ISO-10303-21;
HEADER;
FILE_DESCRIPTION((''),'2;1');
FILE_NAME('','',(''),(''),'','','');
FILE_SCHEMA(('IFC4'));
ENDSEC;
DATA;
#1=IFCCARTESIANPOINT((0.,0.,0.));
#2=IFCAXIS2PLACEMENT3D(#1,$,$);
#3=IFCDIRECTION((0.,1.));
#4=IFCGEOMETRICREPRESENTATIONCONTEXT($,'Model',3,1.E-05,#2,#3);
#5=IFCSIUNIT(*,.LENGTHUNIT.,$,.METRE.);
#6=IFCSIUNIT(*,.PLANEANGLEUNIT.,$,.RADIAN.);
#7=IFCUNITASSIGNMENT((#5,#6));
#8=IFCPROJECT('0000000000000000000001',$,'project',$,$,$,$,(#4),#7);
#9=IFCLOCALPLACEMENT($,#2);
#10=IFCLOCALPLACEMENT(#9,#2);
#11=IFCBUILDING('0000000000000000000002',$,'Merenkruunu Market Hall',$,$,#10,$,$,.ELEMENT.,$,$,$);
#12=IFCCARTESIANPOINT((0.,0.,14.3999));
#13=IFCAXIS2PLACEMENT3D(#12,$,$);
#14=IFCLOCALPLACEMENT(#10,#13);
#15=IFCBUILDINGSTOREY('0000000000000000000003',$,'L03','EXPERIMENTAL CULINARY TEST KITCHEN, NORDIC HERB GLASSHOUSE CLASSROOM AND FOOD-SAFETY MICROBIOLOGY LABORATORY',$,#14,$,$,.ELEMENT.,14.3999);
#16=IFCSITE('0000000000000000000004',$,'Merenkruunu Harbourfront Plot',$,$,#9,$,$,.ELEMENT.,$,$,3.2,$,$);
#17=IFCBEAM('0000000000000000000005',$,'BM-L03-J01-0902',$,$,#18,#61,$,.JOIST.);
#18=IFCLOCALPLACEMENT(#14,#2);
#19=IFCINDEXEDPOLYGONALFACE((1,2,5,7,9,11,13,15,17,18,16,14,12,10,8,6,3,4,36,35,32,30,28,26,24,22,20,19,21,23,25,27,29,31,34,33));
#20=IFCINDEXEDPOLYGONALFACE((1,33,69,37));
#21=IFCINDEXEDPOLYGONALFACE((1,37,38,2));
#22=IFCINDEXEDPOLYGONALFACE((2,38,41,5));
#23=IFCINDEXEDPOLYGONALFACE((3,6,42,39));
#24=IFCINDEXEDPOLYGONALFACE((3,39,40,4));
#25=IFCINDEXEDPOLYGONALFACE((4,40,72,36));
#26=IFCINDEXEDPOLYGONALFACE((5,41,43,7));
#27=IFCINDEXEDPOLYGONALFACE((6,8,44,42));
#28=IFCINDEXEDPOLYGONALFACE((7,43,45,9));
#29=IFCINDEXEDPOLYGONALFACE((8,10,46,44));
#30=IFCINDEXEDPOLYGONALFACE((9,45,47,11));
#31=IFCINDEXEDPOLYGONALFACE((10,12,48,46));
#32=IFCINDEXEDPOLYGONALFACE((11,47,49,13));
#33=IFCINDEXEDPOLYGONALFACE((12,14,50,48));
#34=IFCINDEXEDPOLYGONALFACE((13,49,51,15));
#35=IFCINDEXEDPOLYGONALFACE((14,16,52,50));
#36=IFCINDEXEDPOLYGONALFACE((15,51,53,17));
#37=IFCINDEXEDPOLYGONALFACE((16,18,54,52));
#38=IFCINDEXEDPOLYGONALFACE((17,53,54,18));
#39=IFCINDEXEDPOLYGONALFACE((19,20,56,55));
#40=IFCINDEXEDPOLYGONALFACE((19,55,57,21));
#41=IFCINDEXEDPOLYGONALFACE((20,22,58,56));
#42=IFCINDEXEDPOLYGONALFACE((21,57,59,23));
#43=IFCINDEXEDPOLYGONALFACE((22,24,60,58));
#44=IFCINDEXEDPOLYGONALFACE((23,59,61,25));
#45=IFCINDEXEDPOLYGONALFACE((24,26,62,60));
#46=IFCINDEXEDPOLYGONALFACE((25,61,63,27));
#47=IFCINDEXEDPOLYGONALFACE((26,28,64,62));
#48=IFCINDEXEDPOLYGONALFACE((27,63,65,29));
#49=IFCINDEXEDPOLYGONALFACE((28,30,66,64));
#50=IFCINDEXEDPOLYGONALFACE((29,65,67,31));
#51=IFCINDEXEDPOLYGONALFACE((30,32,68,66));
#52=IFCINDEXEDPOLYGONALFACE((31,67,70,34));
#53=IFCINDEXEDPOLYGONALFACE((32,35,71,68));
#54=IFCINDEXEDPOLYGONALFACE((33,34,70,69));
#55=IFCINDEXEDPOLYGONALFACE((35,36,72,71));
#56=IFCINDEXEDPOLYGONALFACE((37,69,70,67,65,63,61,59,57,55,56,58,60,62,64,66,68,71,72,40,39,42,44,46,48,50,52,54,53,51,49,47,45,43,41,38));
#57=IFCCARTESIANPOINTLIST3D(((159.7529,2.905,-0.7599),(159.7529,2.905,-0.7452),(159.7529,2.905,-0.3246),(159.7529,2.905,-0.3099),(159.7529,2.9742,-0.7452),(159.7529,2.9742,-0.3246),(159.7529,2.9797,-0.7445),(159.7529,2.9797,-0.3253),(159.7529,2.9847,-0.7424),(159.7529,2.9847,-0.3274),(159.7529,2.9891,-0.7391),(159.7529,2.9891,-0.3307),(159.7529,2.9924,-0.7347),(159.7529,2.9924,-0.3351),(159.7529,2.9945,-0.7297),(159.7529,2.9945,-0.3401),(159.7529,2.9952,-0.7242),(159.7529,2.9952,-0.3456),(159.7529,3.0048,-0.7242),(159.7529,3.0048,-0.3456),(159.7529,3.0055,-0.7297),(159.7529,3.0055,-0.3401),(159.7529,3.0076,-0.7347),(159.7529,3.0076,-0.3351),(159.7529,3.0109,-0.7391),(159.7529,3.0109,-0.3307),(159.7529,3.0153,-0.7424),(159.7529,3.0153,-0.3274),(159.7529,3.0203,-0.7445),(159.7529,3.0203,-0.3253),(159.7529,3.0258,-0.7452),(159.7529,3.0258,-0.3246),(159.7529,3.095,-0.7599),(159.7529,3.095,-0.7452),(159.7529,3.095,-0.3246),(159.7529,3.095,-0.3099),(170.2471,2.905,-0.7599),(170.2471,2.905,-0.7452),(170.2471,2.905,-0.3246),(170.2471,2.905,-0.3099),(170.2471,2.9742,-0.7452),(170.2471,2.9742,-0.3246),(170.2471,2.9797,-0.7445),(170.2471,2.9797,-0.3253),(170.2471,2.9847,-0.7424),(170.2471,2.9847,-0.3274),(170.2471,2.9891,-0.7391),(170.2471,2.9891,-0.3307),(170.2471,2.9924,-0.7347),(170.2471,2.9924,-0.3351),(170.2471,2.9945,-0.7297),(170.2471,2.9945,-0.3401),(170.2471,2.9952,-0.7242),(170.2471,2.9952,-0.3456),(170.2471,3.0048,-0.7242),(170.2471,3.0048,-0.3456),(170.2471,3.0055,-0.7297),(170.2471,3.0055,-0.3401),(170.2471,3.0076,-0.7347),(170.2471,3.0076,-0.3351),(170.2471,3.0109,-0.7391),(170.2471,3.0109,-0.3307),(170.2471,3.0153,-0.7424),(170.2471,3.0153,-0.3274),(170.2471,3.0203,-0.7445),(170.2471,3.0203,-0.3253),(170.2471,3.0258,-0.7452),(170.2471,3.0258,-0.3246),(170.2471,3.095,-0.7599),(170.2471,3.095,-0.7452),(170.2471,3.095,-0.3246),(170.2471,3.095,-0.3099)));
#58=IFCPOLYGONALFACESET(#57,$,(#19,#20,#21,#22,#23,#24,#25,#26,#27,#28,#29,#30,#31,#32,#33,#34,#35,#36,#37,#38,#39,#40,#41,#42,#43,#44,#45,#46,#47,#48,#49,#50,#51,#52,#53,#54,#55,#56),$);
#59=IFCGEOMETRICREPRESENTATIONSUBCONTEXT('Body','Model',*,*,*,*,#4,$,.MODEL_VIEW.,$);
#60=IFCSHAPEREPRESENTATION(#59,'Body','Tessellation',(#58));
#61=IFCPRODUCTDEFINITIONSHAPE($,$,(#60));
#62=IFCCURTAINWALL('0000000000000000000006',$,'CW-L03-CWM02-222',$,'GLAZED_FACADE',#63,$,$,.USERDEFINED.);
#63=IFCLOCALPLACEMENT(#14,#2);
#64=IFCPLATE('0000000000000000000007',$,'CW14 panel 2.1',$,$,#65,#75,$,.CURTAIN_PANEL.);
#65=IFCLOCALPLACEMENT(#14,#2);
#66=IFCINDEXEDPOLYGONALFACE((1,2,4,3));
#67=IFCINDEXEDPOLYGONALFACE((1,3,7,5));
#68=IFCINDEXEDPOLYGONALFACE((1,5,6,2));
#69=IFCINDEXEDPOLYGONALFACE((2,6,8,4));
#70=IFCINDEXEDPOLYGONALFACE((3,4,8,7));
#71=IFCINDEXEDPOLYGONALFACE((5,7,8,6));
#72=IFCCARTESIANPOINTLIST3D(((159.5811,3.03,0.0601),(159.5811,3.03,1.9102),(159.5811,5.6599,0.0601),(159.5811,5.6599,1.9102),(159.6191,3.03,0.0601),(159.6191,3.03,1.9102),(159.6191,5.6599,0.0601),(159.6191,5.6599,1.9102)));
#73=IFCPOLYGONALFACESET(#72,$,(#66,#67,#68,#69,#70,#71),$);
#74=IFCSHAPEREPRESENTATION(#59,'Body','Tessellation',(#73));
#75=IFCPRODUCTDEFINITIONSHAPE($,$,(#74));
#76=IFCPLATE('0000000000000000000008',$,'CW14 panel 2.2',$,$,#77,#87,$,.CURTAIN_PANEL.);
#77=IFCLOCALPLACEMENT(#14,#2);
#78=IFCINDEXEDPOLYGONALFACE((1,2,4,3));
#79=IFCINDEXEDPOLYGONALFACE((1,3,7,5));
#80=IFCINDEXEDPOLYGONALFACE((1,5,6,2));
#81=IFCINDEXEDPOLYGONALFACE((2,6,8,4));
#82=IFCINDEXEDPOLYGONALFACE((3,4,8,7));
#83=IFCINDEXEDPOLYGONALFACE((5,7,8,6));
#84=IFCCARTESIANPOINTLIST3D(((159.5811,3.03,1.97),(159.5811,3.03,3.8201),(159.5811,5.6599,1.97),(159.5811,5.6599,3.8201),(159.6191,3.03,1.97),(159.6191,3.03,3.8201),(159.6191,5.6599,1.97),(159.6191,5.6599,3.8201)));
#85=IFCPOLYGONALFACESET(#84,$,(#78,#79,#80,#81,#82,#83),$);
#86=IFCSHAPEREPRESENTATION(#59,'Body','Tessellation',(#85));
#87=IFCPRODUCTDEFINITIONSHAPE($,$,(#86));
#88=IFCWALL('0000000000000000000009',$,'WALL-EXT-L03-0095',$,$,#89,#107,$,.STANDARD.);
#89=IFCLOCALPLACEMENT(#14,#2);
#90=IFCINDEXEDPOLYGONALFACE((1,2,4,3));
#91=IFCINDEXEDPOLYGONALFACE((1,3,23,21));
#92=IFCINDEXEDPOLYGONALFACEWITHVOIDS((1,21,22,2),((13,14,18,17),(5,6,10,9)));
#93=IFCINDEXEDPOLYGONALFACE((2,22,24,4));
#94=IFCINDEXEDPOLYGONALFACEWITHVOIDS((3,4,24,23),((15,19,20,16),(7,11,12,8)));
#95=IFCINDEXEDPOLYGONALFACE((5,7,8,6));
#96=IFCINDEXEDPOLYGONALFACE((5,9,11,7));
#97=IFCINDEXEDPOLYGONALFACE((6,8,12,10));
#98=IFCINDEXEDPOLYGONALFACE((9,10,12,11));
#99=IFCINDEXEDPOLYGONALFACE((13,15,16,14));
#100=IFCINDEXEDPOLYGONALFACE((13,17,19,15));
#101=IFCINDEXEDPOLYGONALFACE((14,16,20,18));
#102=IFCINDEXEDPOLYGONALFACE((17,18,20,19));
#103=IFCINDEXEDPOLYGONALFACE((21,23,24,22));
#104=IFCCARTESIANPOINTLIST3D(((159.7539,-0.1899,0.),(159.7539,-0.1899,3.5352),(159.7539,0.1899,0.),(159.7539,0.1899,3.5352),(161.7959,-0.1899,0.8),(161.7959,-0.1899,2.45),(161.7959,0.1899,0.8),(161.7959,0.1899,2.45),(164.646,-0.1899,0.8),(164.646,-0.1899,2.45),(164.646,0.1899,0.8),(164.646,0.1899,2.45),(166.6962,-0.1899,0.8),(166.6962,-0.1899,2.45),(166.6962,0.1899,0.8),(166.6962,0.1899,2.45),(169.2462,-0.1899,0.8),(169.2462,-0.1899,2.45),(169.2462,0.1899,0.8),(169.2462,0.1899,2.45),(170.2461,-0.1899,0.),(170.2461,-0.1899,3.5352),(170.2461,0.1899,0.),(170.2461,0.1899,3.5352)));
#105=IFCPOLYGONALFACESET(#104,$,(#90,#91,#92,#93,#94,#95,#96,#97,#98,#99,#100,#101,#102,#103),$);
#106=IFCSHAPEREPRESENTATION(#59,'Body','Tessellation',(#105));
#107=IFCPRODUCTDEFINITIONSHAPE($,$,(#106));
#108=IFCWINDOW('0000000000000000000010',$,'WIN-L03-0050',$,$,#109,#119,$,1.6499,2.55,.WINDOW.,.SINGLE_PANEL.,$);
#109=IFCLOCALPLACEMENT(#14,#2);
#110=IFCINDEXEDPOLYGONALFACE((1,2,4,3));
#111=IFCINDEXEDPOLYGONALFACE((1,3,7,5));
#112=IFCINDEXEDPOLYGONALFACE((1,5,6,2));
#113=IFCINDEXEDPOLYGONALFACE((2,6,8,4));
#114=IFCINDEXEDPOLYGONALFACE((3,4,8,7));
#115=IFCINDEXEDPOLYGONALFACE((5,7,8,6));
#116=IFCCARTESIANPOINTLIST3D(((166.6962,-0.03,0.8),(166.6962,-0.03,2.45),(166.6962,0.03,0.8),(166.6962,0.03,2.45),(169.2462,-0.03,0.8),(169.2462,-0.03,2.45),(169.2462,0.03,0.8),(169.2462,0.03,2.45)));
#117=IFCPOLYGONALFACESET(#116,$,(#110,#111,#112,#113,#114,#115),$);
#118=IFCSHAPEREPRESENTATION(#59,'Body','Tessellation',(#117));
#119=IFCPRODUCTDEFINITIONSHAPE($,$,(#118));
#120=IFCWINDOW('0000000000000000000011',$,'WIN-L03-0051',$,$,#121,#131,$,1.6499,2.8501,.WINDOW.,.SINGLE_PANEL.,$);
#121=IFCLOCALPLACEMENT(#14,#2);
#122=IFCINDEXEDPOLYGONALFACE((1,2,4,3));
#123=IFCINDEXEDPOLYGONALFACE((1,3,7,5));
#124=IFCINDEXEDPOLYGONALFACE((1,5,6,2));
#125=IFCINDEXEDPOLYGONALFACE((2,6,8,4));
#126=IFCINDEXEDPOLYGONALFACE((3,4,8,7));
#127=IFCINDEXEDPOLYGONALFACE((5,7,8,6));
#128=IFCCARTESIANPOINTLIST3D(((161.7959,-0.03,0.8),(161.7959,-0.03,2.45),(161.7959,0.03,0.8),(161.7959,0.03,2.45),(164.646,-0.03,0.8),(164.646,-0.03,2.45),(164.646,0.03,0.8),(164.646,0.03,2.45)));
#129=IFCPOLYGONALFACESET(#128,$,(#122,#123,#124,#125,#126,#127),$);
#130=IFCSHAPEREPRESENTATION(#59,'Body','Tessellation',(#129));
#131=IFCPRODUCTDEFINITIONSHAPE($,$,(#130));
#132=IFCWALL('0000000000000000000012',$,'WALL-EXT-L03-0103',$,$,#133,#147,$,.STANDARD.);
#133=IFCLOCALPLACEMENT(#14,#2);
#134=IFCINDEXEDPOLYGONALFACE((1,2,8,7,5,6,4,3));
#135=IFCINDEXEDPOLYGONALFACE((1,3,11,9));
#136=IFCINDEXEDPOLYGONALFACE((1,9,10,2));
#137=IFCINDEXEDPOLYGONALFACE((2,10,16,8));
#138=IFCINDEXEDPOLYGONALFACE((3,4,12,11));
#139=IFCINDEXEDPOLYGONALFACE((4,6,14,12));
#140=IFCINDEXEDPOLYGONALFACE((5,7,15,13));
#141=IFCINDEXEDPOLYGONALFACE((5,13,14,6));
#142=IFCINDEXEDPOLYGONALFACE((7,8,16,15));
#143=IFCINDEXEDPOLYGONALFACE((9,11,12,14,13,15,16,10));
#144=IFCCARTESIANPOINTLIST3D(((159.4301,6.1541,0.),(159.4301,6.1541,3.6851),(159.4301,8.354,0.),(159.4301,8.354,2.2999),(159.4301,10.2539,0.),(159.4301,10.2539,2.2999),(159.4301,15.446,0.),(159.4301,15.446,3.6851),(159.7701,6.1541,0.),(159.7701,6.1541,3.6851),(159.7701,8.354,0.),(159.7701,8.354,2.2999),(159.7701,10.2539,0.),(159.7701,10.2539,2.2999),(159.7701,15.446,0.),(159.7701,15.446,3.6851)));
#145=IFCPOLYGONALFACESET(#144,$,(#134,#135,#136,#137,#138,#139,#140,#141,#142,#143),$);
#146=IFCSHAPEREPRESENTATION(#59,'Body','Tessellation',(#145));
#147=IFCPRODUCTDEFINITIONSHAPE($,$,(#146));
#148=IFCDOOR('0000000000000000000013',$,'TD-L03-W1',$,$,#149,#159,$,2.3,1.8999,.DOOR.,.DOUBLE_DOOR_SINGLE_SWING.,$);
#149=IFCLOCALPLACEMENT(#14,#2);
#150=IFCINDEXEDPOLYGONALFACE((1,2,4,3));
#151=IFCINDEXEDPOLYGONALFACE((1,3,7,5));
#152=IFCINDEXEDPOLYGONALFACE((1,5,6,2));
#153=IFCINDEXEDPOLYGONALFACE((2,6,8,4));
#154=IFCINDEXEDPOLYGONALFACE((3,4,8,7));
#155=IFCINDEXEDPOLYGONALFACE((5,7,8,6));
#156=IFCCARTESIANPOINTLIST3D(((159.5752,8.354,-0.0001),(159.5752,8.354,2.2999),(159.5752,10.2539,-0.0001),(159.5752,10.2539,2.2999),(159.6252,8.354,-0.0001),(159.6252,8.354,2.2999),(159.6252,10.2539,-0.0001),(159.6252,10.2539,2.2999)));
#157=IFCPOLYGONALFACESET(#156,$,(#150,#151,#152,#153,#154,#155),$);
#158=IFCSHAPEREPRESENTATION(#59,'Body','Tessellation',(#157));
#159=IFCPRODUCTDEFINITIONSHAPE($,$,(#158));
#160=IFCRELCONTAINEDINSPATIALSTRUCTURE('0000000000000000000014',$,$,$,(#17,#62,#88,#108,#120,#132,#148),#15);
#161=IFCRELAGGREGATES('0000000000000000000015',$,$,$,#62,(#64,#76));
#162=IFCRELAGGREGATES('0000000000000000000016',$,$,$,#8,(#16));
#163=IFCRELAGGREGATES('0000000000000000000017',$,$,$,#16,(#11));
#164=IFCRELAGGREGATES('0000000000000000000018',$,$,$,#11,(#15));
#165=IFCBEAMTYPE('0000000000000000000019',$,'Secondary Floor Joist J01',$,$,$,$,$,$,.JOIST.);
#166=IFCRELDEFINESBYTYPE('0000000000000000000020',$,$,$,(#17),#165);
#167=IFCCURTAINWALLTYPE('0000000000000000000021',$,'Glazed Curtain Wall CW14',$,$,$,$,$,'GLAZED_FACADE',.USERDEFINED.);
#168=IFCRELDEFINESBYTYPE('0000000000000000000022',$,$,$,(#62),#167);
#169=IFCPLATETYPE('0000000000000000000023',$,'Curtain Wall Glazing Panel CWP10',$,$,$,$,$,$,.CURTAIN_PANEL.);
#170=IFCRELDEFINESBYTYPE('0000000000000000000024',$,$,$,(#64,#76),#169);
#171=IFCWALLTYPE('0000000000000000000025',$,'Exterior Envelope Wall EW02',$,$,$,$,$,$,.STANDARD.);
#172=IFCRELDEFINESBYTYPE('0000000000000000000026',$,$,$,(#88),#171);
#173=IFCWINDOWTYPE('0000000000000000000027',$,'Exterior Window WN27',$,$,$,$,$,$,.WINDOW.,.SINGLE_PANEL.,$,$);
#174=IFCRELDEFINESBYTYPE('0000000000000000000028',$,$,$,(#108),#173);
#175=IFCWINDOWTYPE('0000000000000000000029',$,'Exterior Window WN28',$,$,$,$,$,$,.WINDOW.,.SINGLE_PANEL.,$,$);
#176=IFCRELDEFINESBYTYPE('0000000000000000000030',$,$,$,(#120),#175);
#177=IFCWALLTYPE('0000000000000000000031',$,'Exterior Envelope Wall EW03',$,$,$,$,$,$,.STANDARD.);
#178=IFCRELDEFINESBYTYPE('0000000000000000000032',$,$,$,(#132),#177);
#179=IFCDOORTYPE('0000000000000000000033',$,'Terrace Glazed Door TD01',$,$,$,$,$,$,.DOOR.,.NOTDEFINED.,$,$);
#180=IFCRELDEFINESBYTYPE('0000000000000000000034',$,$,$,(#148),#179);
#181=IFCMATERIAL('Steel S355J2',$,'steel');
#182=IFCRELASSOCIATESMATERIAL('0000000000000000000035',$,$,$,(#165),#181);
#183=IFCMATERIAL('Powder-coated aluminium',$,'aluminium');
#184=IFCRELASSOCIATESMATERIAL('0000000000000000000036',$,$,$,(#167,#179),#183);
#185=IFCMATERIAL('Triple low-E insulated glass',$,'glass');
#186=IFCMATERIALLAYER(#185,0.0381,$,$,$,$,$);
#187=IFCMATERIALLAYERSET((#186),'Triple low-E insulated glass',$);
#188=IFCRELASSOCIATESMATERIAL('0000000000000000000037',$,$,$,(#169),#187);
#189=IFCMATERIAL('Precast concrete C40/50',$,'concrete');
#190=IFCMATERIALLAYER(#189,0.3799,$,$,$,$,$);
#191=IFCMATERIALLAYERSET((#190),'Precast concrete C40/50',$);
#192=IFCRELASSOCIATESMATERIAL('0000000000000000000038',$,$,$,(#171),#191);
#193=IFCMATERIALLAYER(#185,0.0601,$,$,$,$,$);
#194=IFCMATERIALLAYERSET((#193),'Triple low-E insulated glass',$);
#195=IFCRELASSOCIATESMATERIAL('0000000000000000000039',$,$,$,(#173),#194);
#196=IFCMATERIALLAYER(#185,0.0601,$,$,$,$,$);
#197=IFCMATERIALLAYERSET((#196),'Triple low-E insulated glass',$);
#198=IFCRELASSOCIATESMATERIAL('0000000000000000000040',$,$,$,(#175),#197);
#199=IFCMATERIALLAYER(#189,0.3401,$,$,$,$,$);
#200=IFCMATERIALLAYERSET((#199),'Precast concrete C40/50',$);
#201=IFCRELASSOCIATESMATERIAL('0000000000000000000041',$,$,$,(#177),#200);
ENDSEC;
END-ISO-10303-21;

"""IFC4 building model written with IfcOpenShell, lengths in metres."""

from ifc_helpers import new_model, si_unit, direction, frame, frame_2d, origin, origin_2d, place, context, subcontext, project, spatial, rectangle, i_section, extrude, material, layer, layer_set, material_profile, profile_set, type_object, element, fill, aggregate, save


model = new_model("IFC4")

# Units and contexts
model_context = context("Model", 3, precision=1e-05, world=origin(), true_north=direction((0.0, 1.0)))
body_context = subcontext(model_context, "Body", "Model", "MODEL_VIEW")
ifc_project = project(units=[si_unit("LENGTHUNIT", "METRE"), si_unit("PLANEANGLEUNIT", "RADIAN")], contexts=[model_context])

# Site, building, storey
site_placement = place(None, origin())
site = spatial("IfcSite", under=ifc_project, at=site_placement, Name="Merenkruunu Harbourfront Plot", CompositionType="ELEMENT", RefElevation=3.2)
building_placement = place(site_placement, origin())
building = spatial("IfcBuilding", under=site, at=building_placement, Name="Merenkruunu Market Hall", CompositionType="ELEMENT")
storey_placement = place(building_placement, frame((0.0, 0.0, 14.3999)))
storey = spatial("IfcBuildingStorey", under=building, at=storey_placement, Name="L03", Description="EXPERIMENTAL CULINARY TEST KITCHEN, NORDIC HERB GLASSHOUSE CLASSROOM AND FOOD-SAFETY MICROBIOLOGY LABORATORY", CompositionType="ELEMENT", Elevation=14.3999)

# Beam
ifc_material_1 = material(Name="Steel S355J2", Category="steel")
ifc_material_profile = material_profile(ifc_material_1, i_section(OverallWidth=0.1899, OverallDepth=0.45, WebThickness=0.0095, FlangeThickness=0.0146, FilletRadius=0.021, at=origin_2d()), Name="IPE 450")
ifc_profile_set = profile_set([ifc_material_profile], Name="Steel S355J2")
beam_type = type_object("IfcBeamType", Name="Secondary Floor Joist J01", PredefinedType="JOIST", material=ifc_profile_set)
beam_placement = place(storey_placement, frame((159.7529, 3.0, -0.5349), z_axis=(1.0, 0.0, 0.0), x_axis=(0.0, 1.0, 0.0)))
element("IfcBeam", 1, at=beam_placement, inside=storey, type_object=beam_type, Name="BM-L03-J01-0902", PredefinedType="JOIST", context=body_context, shape_type="SweptSolid", body=[
    extrude(i_section(OverallWidth=0.1899, OverallDepth=0.45, WebThickness=0.0095, FlangeThickness=0.0146, FilletRadius=0.021, at=origin_2d()), origin(), (0.0, 0.0, 1.0), 10.4941),
])

# Curtain wall, plates
ifc_material_2 = material(Name="Powder-coated aluminium", Category="aluminium")
curtain_wall_type = type_object("IfcCurtainWallType", Name="Glazed Curtain Wall CW14", ElementType="GLAZED_FACADE", PredefinedType="USERDEFINED", material=ifc_material_2)
curtain_wall_placement = place(storey_placement, origin())
curtain_wall = element("IfcCurtainWall", 2, at=curtain_wall_placement, inside=storey, type_object=curtain_wall_type, Name="CW-L03-CWM02-222", ObjectType="GLAZED_FACADE", PredefinedType="USERDEFINED")
ifc_material_3 = material(Name="Triple low-E insulated glass", Category="glass")
ifc_layer_1 = layer(ifc_material_3, 0.0381)
ifc_layer_set_1 = layer_set([ifc_layer_1], Name="Triple low-E insulated glass")
plate_type = type_object("IfcPlateType", Name="Curtain Wall Glazing Panel CWP10", PredefinedType="CURTAIN_PANEL", material=ifc_layer_set_1)
plate_1_placement = place(storey_placement, frame((159.6001, 4.345, 0.0601), z_axis=(0.0, 0.0, 1.0), x_axis=(0.0, 1.0, 0.0)))
plate_1 = element("IfcPlate", 3, at=plate_1_placement, type_object=plate_type, Name="CW14 panel 2.1", PredefinedType="CURTAIN_PANEL", context=body_context, shape_type="SweptSolid", body=[
    extrude(rectangle(XDim=2.6299, YDim=0.0381, at=origin_2d()), origin(), (0.0, 0.0, 1.0), 1.8501),
])
plate_2_placement = place(storey_placement, frame((159.6001, 4.345, 1.97), z_axis=(0.0, 0.0, 1.0), x_axis=(0.0, 1.0, 0.0)))
plate_2 = element("IfcPlate", 4, at=plate_2_placement, type_object=plate_type, Name="CW14 panel 2.2", PredefinedType="CURTAIN_PANEL", context=body_context, shape_type="SweptSolid", body=[
    extrude(rectangle(XDim=2.6299, YDim=0.0381, at=origin_2d()), origin(), (0.0, 0.0, 1.0), 1.8501),
])
aggregate(curtain_wall, [plate_1, plate_2])

# Wall, openings, windows
ifc_material_4 = material(Name="Precast concrete C40/50", Category="concrete")
ifc_layer_2 = layer(ifc_material_4, 0.3799)
ifc_layer_set_2 = layer_set([ifc_layer_2], Name="Precast concrete C40/50")
wall_type_1 = type_object("IfcWallType", Name="Exterior Envelope Wall EW02", PredefinedType="STANDARD", material=ifc_layer_set_2)
wall_1_placement = place(storey_placement, frame((170.2461, 0.0, 0.0), z_axis=(0.0, 0.0, 1.0), x_axis=(-1.0, 0.0, 0.0)))
wall_1 = element("IfcWall", 5, at=wall_1_placement, inside=storey, type_object=wall_type_1, Name="WALL-EXT-L03-0095", PredefinedType="STANDARD", context=body_context, shape_type="SweptSolid", body=[
    extrude(rectangle(XDim=10.4922, YDim=0.3799, at=frame_2d((5.2461, 0.0))), origin(), (0.0, 0.0, 1.0), 3.5352),
])
opening_1_placement = place(wall_1_placement, frame((1.0, 0.0, 0.8)))
opening_1 = element("IfcOpeningElement", 6, at=opening_1_placement, cuts=wall_1, PredefinedType="OPENING", context=body_context, shape_type="SweptSolid", body=[
    extrude(rectangle(XDim=2.55, YDim=1.6499, at=frame_2d((1.2749, 0.825))), frame((0.0, 0.2, 0.0), z_axis=(0.0, -1.0, 0.0), x_axis=(1.0, 0.0, 0.0)), (0.0, 0.0, 1.0), 0.3999),
])
opening_2_placement = place(wall_1_placement, frame((5.6001, 0.0, 0.8)))
opening_2 = element("IfcOpeningElement", 7, at=opening_2_placement, cuts=wall_1, PredefinedType="OPENING", context=body_context, shape_type="SweptSolid", body=[
    extrude(rectangle(XDim=2.8501, YDim=1.6499, at=frame_2d((1.425, 0.825))), frame((0.0, 0.2, 0.0), z_axis=(0.0, -1.0, 0.0), x_axis=(1.0, 0.0, 0.0)), (0.0, 0.0, 1.0), 0.3999),
])
ifc_layer_3 = layer(ifc_material_3, 0.0601)
ifc_layer_set_3 = layer_set([ifc_layer_3], Name="Triple low-E insulated glass")
window_type_1 = type_object("IfcWindowType", Name="Exterior Window WN27", PartitioningType="SINGLE_PANEL", PredefinedType="WINDOW", material=ifc_layer_set_3)
window_1_placement = place(opening_1_placement, origin())
window_1 = element("IfcWindow", 8, at=window_1_placement, inside=storey, type_object=window_type_1, Name="WIN-L03-0050", OverallHeight=1.6499, OverallWidth=2.55, PartitioningType="SINGLE_PANEL", PredefinedType="WINDOW", context=body_context, shape_type="SweptSolid", body=[
    extrude(rectangle(XDim=2.55, YDim=1.6499, at=frame_2d((1.2749, 0.825))), frame((0.0, 0.03, 0.0), z_axis=(0.0, -1.0, 0.0), x_axis=(1.0, 0.0, 0.0)), (0.0, 0.0, 1.0), 0.0601),
])
fill(opening_1, window_1)
ifc_layer_4 = layer(ifc_material_3, 0.0601)
ifc_layer_set_4 = layer_set([ifc_layer_4], Name="Triple low-E insulated glass")
window_type_2 = type_object("IfcWindowType", Name="Exterior Window WN28", PartitioningType="SINGLE_PANEL", PredefinedType="WINDOW", material=ifc_layer_set_4)
window_2_placement = place(opening_2_placement, origin())
window_2 = element("IfcWindow", 9, at=window_2_placement, inside=storey, type_object=window_type_2, Name="WIN-L03-0051", OverallHeight=1.6499, OverallWidth=2.8501, PartitioningType="SINGLE_PANEL", PredefinedType="WINDOW", context=body_context, shape_type="SweptSolid", body=[
    extrude(rectangle(XDim=2.8501, YDim=1.6499, at=frame_2d((1.425, 0.825))), frame((0.0, 0.03, 0.0), z_axis=(0.0, -1.0, 0.0), x_axis=(1.0, 0.0, 0.0)), (0.0, 0.0, 1.0), 0.0601),
])
fill(opening_2, window_2)

# Wall, opening, door
ifc_layer_5 = layer(ifc_material_4, 0.3401)
ifc_layer_set_5 = layer_set([ifc_layer_5], Name="Precast concrete C40/50")
wall_type_2 = type_object("IfcWallType", Name="Exterior Envelope Wall EW03", PredefinedType="STANDARD", material=ifc_layer_set_5)
wall_2_placement = place(storey_placement, frame((159.6001, 6.1541, 0.0), z_axis=(0.0, 0.0, 1.0), x_axis=(0.0, 1.0, 0.0)))
wall_2 = element("IfcWall", 10, at=wall_2_placement, inside=storey, type_object=wall_type_2, Name="WALL-EXT-L03-0103", PredefinedType="STANDARD", context=body_context, shape_type="SweptSolid", body=[
    extrude(rectangle(XDim=9.292, YDim=0.3401, at=frame_2d((4.646, 0.0))), origin(), (0.0, 0.0, 1.0), 3.6851),
])
opening_3_placement = place(wall_2_placement, frame((2.2, 0.0, 0.0)))
opening_3 = element("IfcOpeningElement", 11, at=opening_3_placement, cuts=wall_2, PredefinedType="OPENING", context=body_context, shape_type="SweptSolid", body=[
    extrude(rectangle(XDim=1.8999, YDim=2.3, at=frame_2d((0.95, 1.1499))), frame((0.0, 0.1802, 0.0), z_axis=(0.0, -1.0, 0.0), x_axis=(1.0, 0.0, 0.0)), (0.0, 0.0, 1.0), 0.3601),
])
door_type_1 = type_object("IfcDoorType", Name="Terrace Glazed Door TD01", OperationType="NOTDEFINED", PredefinedType="DOOR", material=ifc_material_2)
door_1_placement = place(opening_3_placement, origin())
door_1 = element("IfcDoor", 12, at=door_1_placement, inside=storey, type_object=door_type_1, Name="TD-L03-W1", OperationType="DOUBLE_DOOR_SINGLE_SWING", OverallHeight=2.3, OverallWidth=1.8999, PredefinedType="DOOR", context=body_context, shape_type="SweptSolid", body=[
    extrude(rectangle(XDim=1.8999, YDim=2.3, at=frame_2d((0.95, 1.1499))), frame((0.0, 0.0249, 0.0), z_axis=(0.0, -1.0, 0.0), x_axis=(1.0, 0.0, 0.0)), (0.0, 0.0, 1.0), 0.05),
])
fill(opening_3, door_1)

save(model, "model.ifc")
